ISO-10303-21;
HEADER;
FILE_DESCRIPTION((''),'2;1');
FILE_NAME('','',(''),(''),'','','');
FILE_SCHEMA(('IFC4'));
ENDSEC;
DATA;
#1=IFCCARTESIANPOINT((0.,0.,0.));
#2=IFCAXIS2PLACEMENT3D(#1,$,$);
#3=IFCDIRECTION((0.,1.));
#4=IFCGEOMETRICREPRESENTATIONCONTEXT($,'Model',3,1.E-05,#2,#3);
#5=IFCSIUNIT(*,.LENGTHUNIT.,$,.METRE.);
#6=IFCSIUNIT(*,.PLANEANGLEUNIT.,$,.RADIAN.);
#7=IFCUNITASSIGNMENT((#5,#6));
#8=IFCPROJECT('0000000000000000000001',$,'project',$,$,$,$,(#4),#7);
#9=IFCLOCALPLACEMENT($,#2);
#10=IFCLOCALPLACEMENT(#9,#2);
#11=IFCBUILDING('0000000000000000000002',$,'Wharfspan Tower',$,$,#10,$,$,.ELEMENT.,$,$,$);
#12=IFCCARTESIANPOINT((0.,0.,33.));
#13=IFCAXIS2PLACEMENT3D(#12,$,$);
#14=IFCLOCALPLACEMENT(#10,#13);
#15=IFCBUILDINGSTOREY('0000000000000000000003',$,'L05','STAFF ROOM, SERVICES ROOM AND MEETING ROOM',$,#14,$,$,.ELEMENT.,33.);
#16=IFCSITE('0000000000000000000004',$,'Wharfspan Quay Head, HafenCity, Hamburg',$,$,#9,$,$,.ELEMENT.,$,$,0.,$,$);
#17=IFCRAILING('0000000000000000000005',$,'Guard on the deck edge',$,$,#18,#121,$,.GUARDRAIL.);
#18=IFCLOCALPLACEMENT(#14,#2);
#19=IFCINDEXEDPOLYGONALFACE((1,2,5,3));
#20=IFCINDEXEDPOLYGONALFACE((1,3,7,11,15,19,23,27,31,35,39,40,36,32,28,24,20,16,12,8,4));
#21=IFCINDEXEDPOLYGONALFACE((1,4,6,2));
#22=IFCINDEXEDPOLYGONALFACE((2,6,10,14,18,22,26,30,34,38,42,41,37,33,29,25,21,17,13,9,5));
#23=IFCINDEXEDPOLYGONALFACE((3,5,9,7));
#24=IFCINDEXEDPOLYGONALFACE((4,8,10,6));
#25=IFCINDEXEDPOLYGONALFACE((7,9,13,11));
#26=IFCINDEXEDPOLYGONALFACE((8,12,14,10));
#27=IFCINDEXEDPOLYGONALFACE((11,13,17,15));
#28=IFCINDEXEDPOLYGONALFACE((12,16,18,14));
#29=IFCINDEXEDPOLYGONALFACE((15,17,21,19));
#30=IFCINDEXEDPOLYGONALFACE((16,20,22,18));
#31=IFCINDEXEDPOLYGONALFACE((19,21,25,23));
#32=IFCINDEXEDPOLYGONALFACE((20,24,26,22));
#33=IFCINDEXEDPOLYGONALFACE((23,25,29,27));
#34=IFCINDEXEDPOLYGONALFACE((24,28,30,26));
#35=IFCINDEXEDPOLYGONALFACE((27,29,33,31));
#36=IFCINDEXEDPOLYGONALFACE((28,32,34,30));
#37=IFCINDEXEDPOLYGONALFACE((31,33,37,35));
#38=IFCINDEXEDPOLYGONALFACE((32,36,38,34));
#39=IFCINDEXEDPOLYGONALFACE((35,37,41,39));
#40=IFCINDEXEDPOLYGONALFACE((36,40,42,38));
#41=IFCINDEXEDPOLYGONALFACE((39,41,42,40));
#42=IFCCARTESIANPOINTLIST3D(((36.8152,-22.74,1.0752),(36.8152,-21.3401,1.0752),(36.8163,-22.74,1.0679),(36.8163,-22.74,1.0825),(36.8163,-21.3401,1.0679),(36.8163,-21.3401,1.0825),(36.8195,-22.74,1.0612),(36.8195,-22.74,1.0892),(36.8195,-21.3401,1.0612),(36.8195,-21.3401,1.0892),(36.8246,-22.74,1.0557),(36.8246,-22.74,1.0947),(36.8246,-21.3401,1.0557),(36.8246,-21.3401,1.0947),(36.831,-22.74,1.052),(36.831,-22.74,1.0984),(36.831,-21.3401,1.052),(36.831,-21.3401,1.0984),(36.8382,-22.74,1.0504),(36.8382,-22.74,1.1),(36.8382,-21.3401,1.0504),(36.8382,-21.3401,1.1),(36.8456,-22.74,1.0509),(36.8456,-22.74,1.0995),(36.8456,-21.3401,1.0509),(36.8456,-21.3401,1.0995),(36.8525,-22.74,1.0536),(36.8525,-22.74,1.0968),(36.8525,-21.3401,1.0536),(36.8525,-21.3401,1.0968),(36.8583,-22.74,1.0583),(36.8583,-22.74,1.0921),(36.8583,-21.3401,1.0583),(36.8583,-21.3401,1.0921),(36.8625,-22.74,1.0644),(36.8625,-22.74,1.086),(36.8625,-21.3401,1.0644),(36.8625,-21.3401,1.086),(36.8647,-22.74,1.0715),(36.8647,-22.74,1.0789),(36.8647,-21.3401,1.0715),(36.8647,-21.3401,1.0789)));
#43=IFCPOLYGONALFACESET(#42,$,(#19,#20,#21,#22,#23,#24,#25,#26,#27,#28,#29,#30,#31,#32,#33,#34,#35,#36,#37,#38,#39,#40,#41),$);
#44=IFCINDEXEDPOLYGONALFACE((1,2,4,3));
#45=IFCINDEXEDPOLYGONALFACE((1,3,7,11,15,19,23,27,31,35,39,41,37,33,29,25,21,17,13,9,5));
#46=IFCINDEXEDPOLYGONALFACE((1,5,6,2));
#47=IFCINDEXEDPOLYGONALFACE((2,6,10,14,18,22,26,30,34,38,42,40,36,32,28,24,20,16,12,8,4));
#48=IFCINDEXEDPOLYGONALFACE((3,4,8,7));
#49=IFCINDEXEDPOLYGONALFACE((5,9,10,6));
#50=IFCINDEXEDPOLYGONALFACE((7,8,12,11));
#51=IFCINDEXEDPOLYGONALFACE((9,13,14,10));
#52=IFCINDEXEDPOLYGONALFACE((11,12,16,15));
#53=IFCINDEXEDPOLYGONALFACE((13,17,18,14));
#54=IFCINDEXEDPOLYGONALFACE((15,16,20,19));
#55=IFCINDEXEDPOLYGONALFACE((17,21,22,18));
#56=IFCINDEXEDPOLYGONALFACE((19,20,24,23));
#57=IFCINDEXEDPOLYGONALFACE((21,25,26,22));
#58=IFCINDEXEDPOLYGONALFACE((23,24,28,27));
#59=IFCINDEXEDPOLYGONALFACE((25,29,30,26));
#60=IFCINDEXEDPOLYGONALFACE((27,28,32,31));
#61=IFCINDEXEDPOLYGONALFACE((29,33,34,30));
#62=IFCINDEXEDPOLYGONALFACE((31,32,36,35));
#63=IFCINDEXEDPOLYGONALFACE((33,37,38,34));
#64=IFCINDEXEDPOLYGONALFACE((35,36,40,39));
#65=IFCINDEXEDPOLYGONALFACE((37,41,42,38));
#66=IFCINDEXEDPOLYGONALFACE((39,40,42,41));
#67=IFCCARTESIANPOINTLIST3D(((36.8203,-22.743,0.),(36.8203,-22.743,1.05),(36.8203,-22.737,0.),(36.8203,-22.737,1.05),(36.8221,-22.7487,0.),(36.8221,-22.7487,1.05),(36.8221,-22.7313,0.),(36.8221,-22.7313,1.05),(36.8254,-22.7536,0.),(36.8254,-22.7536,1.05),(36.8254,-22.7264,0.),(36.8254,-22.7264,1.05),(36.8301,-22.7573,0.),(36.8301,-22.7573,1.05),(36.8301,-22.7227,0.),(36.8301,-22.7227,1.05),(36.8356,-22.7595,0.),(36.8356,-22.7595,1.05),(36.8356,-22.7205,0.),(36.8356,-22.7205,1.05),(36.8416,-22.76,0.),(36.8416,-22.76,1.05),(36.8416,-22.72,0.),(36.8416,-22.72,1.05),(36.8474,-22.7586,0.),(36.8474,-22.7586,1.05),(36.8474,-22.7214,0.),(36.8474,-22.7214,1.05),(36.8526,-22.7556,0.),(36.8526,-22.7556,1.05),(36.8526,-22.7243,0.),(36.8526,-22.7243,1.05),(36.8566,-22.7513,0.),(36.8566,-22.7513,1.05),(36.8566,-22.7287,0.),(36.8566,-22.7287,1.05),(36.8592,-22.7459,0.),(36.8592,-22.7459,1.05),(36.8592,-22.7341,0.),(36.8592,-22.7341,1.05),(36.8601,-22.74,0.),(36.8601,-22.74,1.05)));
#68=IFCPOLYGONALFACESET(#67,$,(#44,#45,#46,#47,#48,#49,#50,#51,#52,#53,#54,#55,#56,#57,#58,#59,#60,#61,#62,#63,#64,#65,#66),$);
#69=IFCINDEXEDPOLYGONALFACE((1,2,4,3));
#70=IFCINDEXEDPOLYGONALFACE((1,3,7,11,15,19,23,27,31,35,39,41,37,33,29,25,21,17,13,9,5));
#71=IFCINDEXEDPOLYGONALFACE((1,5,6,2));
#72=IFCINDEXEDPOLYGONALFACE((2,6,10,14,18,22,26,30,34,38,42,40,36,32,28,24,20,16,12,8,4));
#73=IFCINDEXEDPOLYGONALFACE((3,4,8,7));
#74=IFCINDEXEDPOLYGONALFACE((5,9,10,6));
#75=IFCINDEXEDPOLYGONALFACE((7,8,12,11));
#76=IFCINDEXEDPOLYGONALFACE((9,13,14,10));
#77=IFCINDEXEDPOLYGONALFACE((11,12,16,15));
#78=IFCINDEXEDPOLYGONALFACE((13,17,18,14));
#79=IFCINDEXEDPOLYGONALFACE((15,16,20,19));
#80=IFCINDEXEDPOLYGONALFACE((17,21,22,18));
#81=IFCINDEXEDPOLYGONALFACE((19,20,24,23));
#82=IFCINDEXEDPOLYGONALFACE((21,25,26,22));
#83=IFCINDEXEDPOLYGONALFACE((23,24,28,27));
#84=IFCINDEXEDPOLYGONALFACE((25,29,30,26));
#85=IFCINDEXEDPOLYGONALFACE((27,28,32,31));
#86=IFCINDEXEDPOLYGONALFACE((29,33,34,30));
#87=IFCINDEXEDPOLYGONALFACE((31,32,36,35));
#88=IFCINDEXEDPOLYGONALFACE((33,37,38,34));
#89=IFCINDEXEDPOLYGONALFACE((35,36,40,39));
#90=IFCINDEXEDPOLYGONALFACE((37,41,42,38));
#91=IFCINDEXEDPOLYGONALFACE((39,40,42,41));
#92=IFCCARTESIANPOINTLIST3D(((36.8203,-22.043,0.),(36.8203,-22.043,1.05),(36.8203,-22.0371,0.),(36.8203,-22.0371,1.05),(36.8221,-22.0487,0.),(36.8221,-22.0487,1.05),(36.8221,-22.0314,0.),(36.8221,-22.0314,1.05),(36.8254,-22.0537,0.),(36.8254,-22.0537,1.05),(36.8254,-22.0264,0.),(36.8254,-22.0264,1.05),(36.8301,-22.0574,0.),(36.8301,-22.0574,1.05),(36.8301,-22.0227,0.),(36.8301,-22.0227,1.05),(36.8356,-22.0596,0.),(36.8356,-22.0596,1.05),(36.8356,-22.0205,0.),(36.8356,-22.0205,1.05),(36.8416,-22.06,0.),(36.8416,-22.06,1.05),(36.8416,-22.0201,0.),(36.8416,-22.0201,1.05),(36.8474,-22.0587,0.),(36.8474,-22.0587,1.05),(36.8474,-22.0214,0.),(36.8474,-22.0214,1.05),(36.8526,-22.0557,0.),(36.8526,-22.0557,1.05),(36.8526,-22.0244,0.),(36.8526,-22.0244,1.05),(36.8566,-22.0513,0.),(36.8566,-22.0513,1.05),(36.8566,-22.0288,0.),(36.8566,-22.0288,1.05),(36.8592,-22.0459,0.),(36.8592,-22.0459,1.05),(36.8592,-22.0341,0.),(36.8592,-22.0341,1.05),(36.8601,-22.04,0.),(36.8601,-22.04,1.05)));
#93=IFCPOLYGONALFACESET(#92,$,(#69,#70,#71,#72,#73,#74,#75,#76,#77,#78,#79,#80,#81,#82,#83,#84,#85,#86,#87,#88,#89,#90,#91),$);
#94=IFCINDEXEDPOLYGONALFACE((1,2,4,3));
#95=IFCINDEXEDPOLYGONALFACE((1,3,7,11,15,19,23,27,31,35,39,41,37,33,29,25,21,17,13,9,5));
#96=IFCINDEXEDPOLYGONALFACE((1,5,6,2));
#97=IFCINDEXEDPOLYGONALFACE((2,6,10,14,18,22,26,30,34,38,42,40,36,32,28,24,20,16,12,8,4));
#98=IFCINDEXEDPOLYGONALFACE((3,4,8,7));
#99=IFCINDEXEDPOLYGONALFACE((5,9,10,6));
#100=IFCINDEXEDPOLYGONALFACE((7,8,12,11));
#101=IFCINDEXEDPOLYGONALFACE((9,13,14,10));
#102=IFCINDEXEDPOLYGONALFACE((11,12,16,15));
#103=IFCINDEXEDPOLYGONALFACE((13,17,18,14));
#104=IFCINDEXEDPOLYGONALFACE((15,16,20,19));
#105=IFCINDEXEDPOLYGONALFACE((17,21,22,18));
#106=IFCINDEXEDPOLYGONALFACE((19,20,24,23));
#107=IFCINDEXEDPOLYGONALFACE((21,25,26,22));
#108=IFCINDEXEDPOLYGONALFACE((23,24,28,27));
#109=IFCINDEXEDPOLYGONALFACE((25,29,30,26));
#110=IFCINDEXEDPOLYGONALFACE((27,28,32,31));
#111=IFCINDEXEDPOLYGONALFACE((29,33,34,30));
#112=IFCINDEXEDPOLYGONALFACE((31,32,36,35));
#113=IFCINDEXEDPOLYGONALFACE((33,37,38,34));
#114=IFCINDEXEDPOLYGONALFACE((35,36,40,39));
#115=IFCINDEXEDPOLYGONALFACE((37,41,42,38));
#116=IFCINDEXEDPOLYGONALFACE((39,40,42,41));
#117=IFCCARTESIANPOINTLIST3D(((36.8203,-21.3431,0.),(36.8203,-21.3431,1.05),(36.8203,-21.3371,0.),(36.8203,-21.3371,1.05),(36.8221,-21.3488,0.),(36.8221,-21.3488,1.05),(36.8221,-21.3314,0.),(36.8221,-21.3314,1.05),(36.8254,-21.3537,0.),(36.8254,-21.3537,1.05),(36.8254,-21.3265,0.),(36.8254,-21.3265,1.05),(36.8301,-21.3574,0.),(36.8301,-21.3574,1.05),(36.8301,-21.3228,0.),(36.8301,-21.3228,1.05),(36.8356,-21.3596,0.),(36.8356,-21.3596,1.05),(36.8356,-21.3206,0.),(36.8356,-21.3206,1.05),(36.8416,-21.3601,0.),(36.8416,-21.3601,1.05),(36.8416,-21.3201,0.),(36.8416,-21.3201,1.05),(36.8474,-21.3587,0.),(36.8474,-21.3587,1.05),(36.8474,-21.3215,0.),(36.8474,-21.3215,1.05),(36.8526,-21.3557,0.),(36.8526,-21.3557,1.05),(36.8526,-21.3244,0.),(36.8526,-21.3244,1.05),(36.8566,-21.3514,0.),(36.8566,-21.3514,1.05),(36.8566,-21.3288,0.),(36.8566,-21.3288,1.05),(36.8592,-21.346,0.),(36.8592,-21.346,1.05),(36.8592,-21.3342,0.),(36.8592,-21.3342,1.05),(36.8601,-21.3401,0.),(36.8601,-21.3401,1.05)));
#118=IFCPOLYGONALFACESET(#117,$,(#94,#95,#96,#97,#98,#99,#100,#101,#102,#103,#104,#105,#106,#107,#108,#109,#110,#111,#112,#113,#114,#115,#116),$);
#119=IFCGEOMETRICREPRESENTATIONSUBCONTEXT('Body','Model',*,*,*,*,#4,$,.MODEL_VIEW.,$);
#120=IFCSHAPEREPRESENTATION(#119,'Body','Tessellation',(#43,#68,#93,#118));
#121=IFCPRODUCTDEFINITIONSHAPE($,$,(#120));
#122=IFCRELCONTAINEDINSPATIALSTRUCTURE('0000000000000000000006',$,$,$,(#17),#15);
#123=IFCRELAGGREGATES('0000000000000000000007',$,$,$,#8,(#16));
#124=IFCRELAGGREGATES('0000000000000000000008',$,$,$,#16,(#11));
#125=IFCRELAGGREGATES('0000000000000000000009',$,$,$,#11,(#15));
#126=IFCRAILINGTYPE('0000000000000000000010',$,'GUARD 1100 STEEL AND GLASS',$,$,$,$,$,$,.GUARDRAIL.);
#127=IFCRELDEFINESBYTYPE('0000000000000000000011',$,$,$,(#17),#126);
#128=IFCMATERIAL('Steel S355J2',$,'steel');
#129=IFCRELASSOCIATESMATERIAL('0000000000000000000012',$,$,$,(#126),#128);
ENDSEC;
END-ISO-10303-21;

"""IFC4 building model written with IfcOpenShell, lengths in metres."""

from ifc_helpers import new_model, si_unit, direction, frame, origin, origin_2d, place, context, subcontext, project, spatial, circle, extrude, material, type_object, element, save


model = new_model("IFC4")

# Units and contexts
model_context = context("Model", 3, precision=1e-05, world=origin(), true_north=direction((0.0, 1.0)))
body_context = subcontext(model_context, "Body", "Model", "MODEL_VIEW")
ifc_project = project(units=[si_unit("LENGTHUNIT", "METRE"), si_unit("PLANEANGLEUNIT", "RADIAN")], contexts=[model_context])

# Site, building, storey
site_placement = place(None, origin())
site = spatial("IfcSite", under=ifc_project, at=site_placement, Name="Wharfspan Quay Head, HafenCity, Hamburg", CompositionType="ELEMENT", RefElevation=0.0)
building_placement = place(site_placement, origin())
building = spatial("IfcBuilding", under=site, at=building_placement, Name="Wharfspan Tower", CompositionType="ELEMENT")
storey_placement = place(building_placement, frame((0.0, 0.0, 33.0)))
storey = spatial("IfcBuildingStorey", under=building, at=storey_placement, Name="L05", Description="STAFF ROOM, SERVICES ROOM AND MEETING ROOM", CompositionType="ELEMENT", Elevation=33.0)

# Railing
ifc_material_1 = material(Name="Steel S355J2", Category="steel")
railing_type = type_object("IfcRailingType", Name="GUARD 1100 STEEL AND GLASS", PredefinedType="GUARDRAIL", material=ifc_material_1)
railing_1_placement = place(storey_placement, frame((36.8401, -22.74, 0.0)))
element("IfcRailing", 1, at=railing_1_placement, inside=storey, type_object=railing_type, Name="Guard on the deck edge", PredefinedType="GUARDRAIL", context=body_context, shape_type="SweptSolid", body=[
    extrude(circle(Radius=0.0249, at=origin_2d()), frame((0.0, 0.0, 1.0752), z_axis=(0.0, 1.0, 0.0), x_axis=(-1.0, 0.0, 0.0)), (0.0, 0.0, 1.0), 1.3999),
    extrude(circle(Radius=0.02, at=origin_2d()), origin(), (0.0, 0.0, 1.0), 1.05),
    extrude(circle(Radius=0.02, at=origin_2d()), frame((0.0, 0.7, 0.0)), (0.0, 0.0, 1.0), 1.05),
    extrude(circle(Radius=0.02, at=origin_2d()), frame((0.0, 1.3999, 0.0)), (0.0, 0.0, 1.0), 1.05),
])

save(model, "model.ifc")
